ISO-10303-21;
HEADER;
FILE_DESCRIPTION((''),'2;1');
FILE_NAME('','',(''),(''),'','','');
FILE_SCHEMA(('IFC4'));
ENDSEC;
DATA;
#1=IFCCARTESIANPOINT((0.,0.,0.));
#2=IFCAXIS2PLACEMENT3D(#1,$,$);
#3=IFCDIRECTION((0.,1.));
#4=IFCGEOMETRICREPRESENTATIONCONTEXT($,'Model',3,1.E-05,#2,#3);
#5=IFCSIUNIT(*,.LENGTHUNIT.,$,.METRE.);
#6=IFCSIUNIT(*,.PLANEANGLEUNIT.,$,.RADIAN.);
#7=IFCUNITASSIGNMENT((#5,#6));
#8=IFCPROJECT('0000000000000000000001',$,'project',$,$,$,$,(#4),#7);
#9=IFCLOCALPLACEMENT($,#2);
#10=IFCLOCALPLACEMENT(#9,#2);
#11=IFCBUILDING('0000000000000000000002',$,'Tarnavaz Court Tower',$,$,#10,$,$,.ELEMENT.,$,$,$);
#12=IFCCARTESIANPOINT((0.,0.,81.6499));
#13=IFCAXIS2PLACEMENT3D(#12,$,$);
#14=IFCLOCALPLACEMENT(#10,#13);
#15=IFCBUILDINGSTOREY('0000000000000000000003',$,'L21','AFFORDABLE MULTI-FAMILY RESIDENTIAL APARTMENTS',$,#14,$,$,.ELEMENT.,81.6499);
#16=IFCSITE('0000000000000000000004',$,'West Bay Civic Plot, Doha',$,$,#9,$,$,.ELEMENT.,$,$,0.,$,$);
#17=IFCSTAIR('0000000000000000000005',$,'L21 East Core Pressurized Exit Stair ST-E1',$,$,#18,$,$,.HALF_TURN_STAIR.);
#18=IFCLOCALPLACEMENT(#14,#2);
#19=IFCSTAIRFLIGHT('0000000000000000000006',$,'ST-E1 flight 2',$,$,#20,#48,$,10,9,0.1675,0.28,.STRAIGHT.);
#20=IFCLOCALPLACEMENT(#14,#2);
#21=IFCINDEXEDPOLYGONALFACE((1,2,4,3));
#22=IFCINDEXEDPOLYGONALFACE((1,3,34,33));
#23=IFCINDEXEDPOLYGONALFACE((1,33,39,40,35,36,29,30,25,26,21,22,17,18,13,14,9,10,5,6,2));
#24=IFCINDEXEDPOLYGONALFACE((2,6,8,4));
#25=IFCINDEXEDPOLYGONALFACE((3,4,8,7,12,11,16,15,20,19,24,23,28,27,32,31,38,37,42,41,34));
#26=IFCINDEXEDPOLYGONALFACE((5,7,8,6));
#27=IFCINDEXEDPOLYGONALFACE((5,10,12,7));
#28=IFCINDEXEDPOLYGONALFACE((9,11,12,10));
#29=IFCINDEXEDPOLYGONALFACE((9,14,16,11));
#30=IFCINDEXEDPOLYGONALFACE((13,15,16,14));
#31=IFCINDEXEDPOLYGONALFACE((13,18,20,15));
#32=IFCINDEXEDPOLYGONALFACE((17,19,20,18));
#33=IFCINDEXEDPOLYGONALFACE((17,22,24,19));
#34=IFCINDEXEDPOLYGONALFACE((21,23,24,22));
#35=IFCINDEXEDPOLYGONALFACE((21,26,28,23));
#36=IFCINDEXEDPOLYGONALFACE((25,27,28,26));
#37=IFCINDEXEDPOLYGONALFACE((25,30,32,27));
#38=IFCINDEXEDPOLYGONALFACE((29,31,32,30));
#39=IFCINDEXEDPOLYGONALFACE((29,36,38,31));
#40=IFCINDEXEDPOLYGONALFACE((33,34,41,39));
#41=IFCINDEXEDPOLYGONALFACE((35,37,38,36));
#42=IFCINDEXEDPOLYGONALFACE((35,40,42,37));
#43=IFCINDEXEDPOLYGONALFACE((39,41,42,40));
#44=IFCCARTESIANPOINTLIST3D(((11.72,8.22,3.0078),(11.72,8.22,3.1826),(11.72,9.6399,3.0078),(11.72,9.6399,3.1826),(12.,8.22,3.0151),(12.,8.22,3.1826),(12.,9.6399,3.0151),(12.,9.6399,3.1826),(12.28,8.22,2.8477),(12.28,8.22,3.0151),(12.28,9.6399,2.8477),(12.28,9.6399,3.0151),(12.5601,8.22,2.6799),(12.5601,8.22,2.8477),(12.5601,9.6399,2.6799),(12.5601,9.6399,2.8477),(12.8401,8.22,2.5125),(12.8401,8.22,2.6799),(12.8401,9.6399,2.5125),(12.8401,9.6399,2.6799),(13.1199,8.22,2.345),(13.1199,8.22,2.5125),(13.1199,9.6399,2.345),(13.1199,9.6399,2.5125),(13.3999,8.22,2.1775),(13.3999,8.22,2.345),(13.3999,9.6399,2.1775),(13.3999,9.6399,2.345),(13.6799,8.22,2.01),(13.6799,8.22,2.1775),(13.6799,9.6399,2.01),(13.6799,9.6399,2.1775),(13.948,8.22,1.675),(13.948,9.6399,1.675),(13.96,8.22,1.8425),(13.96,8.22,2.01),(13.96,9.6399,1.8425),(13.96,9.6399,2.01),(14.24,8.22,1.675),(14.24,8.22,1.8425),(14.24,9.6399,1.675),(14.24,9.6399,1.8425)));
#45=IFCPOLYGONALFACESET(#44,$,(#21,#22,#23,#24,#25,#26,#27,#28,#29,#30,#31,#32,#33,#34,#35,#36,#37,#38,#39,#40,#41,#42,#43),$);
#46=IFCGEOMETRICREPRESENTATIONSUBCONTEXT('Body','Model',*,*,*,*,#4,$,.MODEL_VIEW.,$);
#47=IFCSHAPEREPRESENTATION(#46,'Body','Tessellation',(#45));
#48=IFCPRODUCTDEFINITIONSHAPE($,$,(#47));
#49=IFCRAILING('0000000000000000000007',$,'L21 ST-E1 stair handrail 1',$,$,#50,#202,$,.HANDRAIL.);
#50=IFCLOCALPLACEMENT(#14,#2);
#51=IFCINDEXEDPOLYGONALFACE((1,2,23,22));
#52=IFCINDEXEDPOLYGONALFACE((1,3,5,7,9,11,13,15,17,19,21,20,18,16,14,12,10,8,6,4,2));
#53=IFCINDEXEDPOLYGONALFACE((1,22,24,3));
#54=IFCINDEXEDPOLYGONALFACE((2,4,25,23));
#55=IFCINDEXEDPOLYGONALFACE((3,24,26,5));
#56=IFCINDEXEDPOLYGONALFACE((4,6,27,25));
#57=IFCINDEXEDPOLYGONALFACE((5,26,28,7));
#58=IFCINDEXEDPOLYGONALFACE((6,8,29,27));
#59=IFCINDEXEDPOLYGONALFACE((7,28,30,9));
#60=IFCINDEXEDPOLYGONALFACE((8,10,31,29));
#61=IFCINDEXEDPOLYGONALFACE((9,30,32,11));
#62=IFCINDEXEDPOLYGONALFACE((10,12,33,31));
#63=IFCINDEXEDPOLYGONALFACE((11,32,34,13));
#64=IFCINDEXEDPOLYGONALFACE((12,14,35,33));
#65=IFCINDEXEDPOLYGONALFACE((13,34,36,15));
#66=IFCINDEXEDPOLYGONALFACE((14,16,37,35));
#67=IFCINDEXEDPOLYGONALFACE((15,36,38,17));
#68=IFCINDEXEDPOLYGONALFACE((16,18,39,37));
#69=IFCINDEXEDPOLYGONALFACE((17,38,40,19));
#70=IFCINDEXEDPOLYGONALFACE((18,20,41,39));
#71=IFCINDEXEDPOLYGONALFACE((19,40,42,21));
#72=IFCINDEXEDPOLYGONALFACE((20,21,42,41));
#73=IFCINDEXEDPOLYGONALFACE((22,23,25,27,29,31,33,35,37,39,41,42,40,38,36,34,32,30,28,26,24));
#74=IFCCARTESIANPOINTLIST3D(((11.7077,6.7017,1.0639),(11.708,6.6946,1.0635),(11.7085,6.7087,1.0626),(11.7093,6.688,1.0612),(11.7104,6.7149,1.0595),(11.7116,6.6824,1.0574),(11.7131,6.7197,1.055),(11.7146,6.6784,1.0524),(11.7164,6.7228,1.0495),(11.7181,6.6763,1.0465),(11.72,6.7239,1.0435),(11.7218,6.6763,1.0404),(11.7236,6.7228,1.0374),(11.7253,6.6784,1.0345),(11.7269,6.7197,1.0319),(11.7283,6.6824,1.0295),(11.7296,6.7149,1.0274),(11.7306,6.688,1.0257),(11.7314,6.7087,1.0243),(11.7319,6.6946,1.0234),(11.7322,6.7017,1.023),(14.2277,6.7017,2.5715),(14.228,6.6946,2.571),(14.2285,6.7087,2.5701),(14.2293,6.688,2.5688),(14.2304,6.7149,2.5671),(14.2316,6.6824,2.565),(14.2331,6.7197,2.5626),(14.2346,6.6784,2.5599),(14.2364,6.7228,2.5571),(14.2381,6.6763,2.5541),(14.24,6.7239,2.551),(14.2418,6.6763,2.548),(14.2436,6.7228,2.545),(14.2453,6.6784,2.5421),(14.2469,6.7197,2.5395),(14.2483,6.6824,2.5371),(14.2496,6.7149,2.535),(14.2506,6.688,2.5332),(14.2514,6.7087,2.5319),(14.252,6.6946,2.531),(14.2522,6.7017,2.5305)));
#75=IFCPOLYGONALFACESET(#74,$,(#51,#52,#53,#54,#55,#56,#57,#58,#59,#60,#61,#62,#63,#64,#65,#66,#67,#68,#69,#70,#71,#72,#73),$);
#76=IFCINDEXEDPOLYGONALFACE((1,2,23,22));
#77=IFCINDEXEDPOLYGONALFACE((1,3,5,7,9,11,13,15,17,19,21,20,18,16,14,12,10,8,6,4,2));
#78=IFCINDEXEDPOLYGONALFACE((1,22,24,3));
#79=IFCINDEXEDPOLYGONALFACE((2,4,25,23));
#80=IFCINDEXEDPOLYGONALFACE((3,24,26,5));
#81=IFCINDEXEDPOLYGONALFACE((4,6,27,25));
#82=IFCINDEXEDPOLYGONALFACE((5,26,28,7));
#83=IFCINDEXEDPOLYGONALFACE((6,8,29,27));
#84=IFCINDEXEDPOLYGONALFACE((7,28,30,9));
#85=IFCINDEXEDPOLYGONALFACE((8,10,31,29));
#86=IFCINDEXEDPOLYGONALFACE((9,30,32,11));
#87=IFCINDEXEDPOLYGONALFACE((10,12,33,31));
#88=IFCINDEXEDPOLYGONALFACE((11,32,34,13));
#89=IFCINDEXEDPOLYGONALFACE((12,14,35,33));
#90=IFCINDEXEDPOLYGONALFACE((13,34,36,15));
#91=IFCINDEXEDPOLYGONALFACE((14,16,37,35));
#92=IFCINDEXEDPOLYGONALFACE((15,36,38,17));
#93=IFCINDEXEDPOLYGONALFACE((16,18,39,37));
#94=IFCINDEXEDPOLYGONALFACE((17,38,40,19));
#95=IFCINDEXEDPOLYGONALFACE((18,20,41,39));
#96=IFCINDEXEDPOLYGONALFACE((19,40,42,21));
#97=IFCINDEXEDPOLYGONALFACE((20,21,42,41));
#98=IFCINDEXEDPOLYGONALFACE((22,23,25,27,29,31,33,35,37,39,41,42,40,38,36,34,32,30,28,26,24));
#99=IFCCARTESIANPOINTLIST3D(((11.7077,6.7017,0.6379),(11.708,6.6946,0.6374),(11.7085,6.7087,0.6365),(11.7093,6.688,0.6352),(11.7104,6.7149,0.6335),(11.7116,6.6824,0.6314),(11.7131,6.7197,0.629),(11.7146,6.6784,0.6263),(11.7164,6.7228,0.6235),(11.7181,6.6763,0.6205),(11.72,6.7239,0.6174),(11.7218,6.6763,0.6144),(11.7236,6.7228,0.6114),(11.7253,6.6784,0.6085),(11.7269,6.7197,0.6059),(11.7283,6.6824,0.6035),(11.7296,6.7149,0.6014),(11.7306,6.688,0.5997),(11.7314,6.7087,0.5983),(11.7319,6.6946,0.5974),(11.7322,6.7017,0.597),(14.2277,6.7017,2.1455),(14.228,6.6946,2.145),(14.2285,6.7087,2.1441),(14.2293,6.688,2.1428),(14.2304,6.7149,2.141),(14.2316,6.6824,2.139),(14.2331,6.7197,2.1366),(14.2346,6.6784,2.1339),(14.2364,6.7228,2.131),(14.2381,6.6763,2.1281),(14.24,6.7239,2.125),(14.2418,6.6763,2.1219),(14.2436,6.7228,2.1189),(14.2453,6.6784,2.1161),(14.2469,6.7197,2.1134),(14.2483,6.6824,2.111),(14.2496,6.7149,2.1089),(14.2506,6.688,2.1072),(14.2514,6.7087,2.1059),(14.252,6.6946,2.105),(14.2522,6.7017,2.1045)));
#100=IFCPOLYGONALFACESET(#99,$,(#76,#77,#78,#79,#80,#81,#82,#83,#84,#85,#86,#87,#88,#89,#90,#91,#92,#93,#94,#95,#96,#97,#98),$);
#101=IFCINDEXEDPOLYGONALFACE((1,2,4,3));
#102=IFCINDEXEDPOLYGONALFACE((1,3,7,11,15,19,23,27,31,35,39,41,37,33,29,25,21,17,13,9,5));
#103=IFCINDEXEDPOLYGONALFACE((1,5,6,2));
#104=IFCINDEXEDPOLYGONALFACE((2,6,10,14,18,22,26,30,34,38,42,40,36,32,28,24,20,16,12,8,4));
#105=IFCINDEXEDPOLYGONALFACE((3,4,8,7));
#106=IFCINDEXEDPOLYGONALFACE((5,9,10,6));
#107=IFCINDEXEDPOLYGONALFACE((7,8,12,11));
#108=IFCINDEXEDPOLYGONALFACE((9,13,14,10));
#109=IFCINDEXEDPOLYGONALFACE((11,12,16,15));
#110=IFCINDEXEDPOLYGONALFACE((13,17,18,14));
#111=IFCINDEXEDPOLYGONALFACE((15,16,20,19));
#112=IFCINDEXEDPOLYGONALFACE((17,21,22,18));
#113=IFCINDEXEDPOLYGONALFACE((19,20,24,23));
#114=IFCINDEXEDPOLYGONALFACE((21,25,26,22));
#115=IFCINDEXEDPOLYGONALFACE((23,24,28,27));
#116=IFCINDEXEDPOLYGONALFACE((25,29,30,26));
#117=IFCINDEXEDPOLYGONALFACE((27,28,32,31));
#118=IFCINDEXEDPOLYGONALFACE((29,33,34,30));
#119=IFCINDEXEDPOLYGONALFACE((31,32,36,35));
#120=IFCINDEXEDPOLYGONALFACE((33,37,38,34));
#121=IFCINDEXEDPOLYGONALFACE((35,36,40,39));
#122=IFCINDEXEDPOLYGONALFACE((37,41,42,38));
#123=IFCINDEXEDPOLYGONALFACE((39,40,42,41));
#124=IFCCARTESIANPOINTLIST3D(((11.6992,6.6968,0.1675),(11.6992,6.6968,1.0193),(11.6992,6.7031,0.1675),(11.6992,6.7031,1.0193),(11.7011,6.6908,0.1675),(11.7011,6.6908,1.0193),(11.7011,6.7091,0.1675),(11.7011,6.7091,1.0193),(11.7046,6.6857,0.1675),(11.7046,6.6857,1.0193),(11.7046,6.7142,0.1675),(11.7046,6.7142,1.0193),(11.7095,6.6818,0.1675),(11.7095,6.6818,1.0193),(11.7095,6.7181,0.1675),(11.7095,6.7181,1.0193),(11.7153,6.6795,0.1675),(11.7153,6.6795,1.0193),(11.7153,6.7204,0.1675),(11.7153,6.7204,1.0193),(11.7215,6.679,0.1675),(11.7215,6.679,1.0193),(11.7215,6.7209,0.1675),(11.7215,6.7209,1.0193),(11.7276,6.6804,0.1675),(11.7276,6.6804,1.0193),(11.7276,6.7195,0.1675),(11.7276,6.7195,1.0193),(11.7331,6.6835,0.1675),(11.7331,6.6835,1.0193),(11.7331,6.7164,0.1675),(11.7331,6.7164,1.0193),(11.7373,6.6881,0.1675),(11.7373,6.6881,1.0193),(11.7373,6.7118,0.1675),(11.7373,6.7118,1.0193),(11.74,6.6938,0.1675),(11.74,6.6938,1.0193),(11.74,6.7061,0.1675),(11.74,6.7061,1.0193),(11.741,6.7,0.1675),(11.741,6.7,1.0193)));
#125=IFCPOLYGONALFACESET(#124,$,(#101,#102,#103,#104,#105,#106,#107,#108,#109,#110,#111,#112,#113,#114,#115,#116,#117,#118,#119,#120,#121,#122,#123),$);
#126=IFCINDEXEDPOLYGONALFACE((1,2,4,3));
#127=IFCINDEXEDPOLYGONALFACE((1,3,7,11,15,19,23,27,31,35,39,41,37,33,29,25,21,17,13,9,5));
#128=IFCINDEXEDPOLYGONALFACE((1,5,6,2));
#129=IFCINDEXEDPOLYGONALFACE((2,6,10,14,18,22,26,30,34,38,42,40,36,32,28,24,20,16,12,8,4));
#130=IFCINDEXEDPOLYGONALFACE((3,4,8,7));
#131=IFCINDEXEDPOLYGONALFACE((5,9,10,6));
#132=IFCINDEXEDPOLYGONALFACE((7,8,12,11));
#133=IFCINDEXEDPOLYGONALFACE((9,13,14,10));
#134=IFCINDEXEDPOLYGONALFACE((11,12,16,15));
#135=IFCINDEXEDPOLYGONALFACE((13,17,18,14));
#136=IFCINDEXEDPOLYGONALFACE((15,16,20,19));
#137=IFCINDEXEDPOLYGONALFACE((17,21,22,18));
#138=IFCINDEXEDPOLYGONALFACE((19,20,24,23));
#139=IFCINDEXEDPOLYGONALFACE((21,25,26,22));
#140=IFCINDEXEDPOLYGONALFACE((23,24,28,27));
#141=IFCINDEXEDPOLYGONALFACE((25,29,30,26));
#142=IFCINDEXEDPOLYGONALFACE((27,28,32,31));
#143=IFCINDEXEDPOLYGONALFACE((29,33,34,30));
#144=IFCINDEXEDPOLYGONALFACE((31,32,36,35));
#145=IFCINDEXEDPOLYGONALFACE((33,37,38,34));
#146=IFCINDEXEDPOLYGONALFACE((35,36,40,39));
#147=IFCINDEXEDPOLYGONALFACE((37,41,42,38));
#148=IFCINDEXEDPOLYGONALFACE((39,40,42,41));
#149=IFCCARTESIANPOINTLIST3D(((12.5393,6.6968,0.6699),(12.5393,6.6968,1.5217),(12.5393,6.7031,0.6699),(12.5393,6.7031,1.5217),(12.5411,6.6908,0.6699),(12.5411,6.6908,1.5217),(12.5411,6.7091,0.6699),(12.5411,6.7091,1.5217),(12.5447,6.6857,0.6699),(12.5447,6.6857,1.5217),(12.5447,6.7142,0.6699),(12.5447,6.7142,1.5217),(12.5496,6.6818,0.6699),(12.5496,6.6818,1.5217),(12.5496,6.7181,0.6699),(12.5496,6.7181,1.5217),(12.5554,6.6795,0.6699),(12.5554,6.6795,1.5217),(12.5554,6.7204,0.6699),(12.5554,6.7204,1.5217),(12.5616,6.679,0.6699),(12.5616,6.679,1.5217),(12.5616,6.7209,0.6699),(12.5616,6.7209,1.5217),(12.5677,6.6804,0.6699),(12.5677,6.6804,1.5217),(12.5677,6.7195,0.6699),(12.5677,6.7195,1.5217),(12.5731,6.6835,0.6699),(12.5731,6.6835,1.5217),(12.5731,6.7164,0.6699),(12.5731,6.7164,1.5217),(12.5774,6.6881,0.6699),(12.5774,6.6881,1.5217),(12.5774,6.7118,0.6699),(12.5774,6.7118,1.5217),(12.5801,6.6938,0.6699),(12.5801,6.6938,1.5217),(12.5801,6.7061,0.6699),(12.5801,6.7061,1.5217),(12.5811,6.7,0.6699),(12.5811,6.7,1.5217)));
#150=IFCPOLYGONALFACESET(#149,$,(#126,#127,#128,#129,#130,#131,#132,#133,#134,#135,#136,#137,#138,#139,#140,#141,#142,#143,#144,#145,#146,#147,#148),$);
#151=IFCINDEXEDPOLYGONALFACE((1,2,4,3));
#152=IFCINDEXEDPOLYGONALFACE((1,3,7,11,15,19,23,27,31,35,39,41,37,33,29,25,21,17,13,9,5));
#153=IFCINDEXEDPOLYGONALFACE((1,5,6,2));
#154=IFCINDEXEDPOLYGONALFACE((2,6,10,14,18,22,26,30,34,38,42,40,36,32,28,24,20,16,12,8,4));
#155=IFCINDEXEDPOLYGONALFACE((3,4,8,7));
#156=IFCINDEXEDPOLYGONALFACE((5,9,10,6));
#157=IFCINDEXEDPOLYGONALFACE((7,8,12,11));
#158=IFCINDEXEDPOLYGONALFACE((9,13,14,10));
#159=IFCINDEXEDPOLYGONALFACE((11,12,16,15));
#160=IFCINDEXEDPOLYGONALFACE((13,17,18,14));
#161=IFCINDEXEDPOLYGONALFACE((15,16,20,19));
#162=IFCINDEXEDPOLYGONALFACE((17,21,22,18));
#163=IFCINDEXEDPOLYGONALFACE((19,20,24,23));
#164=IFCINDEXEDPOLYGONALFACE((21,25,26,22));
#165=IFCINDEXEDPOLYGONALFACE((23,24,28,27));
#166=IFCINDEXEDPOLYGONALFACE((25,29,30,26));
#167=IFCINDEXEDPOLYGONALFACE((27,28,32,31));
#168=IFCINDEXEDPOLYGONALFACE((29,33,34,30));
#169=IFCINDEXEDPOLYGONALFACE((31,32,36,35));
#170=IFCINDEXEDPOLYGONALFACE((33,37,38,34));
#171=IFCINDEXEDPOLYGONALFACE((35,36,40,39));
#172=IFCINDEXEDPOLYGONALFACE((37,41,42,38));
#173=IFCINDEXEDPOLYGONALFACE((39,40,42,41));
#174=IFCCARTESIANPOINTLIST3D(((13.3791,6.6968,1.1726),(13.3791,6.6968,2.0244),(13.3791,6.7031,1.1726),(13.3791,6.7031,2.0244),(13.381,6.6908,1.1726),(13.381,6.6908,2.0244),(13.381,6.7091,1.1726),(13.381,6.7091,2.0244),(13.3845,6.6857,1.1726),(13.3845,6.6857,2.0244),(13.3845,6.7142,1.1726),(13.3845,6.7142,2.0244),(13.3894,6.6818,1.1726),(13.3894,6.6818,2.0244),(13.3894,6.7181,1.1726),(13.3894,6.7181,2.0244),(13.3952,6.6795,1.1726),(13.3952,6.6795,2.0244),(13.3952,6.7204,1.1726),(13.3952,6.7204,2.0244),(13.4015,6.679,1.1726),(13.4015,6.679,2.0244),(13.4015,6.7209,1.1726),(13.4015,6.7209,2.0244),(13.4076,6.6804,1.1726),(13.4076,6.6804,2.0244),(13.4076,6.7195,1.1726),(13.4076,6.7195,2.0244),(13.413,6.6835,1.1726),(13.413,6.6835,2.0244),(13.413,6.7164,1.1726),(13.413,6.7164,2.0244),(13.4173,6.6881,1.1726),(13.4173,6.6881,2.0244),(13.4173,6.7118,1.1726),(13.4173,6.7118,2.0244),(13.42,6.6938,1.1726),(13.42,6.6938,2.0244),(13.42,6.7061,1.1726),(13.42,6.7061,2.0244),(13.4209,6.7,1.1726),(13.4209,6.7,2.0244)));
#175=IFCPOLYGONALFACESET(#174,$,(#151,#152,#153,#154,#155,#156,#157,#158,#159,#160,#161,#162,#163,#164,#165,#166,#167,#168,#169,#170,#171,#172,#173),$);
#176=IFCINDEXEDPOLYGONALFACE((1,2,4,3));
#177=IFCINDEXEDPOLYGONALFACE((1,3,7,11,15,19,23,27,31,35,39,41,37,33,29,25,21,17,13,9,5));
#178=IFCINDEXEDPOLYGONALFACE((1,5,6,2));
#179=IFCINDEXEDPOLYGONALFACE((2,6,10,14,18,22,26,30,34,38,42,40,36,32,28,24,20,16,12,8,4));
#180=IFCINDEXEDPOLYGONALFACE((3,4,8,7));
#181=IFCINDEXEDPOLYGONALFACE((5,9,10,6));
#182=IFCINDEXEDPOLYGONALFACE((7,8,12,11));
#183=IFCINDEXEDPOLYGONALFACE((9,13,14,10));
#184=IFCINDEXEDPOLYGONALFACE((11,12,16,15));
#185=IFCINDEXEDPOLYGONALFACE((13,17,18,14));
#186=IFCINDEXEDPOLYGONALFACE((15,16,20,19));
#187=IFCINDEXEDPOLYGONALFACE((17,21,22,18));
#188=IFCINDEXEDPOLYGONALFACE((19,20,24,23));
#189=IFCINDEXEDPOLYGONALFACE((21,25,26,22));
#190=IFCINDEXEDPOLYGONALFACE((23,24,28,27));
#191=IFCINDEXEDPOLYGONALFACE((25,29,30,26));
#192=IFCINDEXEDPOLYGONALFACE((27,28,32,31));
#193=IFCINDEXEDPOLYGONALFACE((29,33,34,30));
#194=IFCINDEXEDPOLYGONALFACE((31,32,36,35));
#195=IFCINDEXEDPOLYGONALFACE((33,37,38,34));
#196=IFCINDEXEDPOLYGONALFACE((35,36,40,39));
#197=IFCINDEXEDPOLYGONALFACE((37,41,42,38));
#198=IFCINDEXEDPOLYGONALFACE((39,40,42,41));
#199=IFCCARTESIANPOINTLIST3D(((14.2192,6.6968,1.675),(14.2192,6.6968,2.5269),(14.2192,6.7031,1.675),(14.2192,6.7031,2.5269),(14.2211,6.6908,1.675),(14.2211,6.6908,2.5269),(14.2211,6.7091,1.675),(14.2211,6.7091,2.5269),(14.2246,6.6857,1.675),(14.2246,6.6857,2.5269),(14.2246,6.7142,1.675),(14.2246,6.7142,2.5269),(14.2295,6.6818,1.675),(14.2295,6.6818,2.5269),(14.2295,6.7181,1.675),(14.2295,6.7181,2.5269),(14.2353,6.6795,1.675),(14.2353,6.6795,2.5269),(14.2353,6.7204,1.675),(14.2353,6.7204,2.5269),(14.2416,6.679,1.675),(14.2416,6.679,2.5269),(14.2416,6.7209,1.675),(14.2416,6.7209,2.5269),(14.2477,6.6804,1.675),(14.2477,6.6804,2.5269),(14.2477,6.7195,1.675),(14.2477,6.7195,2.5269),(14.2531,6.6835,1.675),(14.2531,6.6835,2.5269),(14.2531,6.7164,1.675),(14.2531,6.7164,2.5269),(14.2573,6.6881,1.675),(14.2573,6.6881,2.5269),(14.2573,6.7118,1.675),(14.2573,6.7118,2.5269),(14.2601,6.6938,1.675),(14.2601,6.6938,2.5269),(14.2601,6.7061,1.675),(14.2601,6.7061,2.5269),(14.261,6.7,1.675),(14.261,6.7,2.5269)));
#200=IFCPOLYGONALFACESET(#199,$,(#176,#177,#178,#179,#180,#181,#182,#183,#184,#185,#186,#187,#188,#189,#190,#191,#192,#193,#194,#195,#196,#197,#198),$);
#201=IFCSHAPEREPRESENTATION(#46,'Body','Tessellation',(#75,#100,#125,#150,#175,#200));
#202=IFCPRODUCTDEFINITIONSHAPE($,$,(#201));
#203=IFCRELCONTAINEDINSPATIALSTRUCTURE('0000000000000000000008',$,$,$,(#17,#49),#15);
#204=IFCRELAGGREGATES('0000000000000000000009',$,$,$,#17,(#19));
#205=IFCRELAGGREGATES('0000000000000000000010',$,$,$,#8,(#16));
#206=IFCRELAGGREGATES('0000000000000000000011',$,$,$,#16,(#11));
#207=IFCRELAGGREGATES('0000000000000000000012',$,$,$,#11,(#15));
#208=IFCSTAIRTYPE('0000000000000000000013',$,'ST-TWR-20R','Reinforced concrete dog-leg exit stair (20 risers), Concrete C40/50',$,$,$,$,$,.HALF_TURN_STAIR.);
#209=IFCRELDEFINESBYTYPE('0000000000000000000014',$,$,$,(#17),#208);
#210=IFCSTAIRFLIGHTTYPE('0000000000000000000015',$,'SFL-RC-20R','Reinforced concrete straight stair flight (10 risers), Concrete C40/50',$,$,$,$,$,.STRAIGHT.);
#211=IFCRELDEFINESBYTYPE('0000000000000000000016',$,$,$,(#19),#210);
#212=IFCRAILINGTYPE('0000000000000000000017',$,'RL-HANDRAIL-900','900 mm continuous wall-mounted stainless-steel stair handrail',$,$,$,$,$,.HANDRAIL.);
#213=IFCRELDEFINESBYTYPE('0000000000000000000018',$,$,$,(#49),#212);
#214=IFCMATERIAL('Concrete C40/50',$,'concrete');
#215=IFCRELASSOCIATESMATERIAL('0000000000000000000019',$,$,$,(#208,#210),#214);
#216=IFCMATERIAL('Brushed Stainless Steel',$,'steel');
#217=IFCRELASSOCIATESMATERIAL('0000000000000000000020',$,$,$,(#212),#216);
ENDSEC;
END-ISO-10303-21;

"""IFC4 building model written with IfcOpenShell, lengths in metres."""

from ifc_helpers import new_model, si_unit, direction, frame, origin, origin_2d, place, context, subcontext, project, spatial, polyline, circle, outline, extrude, material, type_object, element, aggregate, save


model = new_model("IFC4")

# Units and contexts
model_context = context("Model", 3, precision=1e-05, world=origin(), true_north=direction((0.0, 1.0)))
body_context = subcontext(model_context, "Body", "Model", "MODEL_VIEW")
ifc_project = project(units=[si_unit("LENGTHUNIT", "METRE"), si_unit("PLANEANGLEUNIT", "RADIAN")], contexts=[model_context])

# Site, building, storey
site_placement = place(None, origin())
site = spatial("IfcSite", under=ifc_project, at=site_placement, Name="West Bay Civic Plot, Doha", CompositionType="ELEMENT", RefElevation=0.0)
building_placement = place(site_placement, origin())
building = spatial("IfcBuilding", under=site, at=building_placement, Name="Tarnavaz Court Tower", CompositionType="ELEMENT")
storey_placement = place(building_placement, frame((0.0, 0.0, 81.6499)))
storey = spatial("IfcBuildingStorey", under=building, at=storey_placement, Name="L21", Description="AFFORDABLE MULTI-FAMILY RESIDENTIAL APARTMENTS", CompositionType="ELEMENT", Elevation=81.6499)

# Stair, stair flight
ifc_material_1 = material(Name="Concrete C40/50", Category="concrete")
stair_type = type_object("IfcStairType", Name="ST-TWR-20R", Description="Reinforced concrete dog-leg exit stair (20 risers), Concrete C40/50", PredefinedType="HALF_TURN_STAIR", material=ifc_material_1)
stair_placement = place(storey_placement, origin())
stair = element("IfcStair", 1, at=stair_placement, inside=storey, type_object=stair_type, Name="L21 East Core Pressurized Exit Stair ST-E1", PredefinedType="HALF_TURN_STAIR")
stair_flight_type = type_object("IfcStairFlightType", Name="SFL-RC-20R", Description="Reinforced concrete straight stair flight (10 risers), Concrete C40/50", PredefinedType="STRAIGHT", material=ifc_material_1)
stair_flight_1_placement = place(storey_placement, frame((14.24, 8.9299, 1.675), z_axis=(0.0, 0.0, 1.0), x_axis=(-1.0, 0.0, 0.0)))
stair_flight_1 = element("IfcStairFlight", 2, at=stair_flight_1_placement, type_object=stair_flight_type, Name="ST-E1 flight 2", NumberOfRisers=10, NumberOfTreads=9, PredefinedType="STRAIGHT", RiserHeight=0.1675, TreadLength=0.28, context=body_context, shape_type="SweptSolid", body=[
    extrude(outline(polyline([(0.0, 0.0), (0.0, 0.1675), (0.28, 0.1675), (0.28, 0.335), (0.5601, 0.335), (0.5601, 0.5024), (0.8401, 0.5024), (0.8401, 0.6699), (1.1201, 0.6699), (1.1201, 0.8374), (1.3999, 0.8374), (1.3999, 1.0049), (1.6799, 1.0049), (1.6799, 1.1726), (1.96, 1.1726), (1.96, 1.3401), (2.24, 1.3401), (2.24, 1.5076), (2.52, 1.5076), (2.52, 1.675), (2.52, 1.3328), (0.292, 0.0), (0.0, 0.0)])), frame((0.0, 0.71, 0.0), z_axis=(0.0, -1.0, 0.0), x_axis=(1.0, 0.0, 0.0)), (0.0, 0.0, 1.0), 1.4199),
])
aggregate(stair, [stair_flight_1])

# Railing
ifc_material_2 = material(Name="Brushed Stainless Steel", Category="steel")
railing_type_1 = type_object("IfcRailingType", Name="RL-HANDRAIL-900", Description="900 mm continuous wall-mounted stainless-steel stair handrail", PredefinedType="HANDRAIL", material=ifc_material_2)
railing_1_placement = place(storey_placement, frame((11.72, 6.7, 0.1675)))
element("IfcRailing", 3, at=railing_1_placement, inside=storey, type_object=railing_type_1, Name="L21 ST-E1 stair handrail 1", PredefinedType="HANDRAIL", context=body_context, shape_type="SweptSolid", body=[
    extrude(circle(Radius=0.0239, at=origin_2d()), frame((0.0, 0.0, 0.876), z_axis=(0.85816, 0.0, 0.513383), x_axis=(0.0, 1.0, 0.0)), (0.0, 0.0, 1.0), 2.9365),
    extrude(circle(Radius=0.0239, at=origin_2d()), frame((0.0, 0.0, 0.45), z_axis=(0.85816, 0.0, 0.513383), x_axis=(0.0, 1.0, 0.0)), (0.0, 0.0, 1.0), 2.9365),
    extrude(circle(Radius=0.021, at=origin_2d()), origin(), (0.0, 0.0, 1.0), 0.8518),
    extrude(circle(Radius=0.021, at=origin_2d()), frame((0.8401, 0.0, 0.5024)), (0.0, 0.0, 1.0), 0.8518),
    extrude(circle(Radius=0.021, at=origin_2d()), frame((1.6799, 0.0, 1.0051)), (0.0, 0.0, 1.0), 0.8518),
    extrude(circle(Radius=0.021, at=origin_2d()), frame((2.52, 0.0, 1.5076)), (0.0, 0.0, 1.0), 0.8518),
])

save(model, "model.ifc")
